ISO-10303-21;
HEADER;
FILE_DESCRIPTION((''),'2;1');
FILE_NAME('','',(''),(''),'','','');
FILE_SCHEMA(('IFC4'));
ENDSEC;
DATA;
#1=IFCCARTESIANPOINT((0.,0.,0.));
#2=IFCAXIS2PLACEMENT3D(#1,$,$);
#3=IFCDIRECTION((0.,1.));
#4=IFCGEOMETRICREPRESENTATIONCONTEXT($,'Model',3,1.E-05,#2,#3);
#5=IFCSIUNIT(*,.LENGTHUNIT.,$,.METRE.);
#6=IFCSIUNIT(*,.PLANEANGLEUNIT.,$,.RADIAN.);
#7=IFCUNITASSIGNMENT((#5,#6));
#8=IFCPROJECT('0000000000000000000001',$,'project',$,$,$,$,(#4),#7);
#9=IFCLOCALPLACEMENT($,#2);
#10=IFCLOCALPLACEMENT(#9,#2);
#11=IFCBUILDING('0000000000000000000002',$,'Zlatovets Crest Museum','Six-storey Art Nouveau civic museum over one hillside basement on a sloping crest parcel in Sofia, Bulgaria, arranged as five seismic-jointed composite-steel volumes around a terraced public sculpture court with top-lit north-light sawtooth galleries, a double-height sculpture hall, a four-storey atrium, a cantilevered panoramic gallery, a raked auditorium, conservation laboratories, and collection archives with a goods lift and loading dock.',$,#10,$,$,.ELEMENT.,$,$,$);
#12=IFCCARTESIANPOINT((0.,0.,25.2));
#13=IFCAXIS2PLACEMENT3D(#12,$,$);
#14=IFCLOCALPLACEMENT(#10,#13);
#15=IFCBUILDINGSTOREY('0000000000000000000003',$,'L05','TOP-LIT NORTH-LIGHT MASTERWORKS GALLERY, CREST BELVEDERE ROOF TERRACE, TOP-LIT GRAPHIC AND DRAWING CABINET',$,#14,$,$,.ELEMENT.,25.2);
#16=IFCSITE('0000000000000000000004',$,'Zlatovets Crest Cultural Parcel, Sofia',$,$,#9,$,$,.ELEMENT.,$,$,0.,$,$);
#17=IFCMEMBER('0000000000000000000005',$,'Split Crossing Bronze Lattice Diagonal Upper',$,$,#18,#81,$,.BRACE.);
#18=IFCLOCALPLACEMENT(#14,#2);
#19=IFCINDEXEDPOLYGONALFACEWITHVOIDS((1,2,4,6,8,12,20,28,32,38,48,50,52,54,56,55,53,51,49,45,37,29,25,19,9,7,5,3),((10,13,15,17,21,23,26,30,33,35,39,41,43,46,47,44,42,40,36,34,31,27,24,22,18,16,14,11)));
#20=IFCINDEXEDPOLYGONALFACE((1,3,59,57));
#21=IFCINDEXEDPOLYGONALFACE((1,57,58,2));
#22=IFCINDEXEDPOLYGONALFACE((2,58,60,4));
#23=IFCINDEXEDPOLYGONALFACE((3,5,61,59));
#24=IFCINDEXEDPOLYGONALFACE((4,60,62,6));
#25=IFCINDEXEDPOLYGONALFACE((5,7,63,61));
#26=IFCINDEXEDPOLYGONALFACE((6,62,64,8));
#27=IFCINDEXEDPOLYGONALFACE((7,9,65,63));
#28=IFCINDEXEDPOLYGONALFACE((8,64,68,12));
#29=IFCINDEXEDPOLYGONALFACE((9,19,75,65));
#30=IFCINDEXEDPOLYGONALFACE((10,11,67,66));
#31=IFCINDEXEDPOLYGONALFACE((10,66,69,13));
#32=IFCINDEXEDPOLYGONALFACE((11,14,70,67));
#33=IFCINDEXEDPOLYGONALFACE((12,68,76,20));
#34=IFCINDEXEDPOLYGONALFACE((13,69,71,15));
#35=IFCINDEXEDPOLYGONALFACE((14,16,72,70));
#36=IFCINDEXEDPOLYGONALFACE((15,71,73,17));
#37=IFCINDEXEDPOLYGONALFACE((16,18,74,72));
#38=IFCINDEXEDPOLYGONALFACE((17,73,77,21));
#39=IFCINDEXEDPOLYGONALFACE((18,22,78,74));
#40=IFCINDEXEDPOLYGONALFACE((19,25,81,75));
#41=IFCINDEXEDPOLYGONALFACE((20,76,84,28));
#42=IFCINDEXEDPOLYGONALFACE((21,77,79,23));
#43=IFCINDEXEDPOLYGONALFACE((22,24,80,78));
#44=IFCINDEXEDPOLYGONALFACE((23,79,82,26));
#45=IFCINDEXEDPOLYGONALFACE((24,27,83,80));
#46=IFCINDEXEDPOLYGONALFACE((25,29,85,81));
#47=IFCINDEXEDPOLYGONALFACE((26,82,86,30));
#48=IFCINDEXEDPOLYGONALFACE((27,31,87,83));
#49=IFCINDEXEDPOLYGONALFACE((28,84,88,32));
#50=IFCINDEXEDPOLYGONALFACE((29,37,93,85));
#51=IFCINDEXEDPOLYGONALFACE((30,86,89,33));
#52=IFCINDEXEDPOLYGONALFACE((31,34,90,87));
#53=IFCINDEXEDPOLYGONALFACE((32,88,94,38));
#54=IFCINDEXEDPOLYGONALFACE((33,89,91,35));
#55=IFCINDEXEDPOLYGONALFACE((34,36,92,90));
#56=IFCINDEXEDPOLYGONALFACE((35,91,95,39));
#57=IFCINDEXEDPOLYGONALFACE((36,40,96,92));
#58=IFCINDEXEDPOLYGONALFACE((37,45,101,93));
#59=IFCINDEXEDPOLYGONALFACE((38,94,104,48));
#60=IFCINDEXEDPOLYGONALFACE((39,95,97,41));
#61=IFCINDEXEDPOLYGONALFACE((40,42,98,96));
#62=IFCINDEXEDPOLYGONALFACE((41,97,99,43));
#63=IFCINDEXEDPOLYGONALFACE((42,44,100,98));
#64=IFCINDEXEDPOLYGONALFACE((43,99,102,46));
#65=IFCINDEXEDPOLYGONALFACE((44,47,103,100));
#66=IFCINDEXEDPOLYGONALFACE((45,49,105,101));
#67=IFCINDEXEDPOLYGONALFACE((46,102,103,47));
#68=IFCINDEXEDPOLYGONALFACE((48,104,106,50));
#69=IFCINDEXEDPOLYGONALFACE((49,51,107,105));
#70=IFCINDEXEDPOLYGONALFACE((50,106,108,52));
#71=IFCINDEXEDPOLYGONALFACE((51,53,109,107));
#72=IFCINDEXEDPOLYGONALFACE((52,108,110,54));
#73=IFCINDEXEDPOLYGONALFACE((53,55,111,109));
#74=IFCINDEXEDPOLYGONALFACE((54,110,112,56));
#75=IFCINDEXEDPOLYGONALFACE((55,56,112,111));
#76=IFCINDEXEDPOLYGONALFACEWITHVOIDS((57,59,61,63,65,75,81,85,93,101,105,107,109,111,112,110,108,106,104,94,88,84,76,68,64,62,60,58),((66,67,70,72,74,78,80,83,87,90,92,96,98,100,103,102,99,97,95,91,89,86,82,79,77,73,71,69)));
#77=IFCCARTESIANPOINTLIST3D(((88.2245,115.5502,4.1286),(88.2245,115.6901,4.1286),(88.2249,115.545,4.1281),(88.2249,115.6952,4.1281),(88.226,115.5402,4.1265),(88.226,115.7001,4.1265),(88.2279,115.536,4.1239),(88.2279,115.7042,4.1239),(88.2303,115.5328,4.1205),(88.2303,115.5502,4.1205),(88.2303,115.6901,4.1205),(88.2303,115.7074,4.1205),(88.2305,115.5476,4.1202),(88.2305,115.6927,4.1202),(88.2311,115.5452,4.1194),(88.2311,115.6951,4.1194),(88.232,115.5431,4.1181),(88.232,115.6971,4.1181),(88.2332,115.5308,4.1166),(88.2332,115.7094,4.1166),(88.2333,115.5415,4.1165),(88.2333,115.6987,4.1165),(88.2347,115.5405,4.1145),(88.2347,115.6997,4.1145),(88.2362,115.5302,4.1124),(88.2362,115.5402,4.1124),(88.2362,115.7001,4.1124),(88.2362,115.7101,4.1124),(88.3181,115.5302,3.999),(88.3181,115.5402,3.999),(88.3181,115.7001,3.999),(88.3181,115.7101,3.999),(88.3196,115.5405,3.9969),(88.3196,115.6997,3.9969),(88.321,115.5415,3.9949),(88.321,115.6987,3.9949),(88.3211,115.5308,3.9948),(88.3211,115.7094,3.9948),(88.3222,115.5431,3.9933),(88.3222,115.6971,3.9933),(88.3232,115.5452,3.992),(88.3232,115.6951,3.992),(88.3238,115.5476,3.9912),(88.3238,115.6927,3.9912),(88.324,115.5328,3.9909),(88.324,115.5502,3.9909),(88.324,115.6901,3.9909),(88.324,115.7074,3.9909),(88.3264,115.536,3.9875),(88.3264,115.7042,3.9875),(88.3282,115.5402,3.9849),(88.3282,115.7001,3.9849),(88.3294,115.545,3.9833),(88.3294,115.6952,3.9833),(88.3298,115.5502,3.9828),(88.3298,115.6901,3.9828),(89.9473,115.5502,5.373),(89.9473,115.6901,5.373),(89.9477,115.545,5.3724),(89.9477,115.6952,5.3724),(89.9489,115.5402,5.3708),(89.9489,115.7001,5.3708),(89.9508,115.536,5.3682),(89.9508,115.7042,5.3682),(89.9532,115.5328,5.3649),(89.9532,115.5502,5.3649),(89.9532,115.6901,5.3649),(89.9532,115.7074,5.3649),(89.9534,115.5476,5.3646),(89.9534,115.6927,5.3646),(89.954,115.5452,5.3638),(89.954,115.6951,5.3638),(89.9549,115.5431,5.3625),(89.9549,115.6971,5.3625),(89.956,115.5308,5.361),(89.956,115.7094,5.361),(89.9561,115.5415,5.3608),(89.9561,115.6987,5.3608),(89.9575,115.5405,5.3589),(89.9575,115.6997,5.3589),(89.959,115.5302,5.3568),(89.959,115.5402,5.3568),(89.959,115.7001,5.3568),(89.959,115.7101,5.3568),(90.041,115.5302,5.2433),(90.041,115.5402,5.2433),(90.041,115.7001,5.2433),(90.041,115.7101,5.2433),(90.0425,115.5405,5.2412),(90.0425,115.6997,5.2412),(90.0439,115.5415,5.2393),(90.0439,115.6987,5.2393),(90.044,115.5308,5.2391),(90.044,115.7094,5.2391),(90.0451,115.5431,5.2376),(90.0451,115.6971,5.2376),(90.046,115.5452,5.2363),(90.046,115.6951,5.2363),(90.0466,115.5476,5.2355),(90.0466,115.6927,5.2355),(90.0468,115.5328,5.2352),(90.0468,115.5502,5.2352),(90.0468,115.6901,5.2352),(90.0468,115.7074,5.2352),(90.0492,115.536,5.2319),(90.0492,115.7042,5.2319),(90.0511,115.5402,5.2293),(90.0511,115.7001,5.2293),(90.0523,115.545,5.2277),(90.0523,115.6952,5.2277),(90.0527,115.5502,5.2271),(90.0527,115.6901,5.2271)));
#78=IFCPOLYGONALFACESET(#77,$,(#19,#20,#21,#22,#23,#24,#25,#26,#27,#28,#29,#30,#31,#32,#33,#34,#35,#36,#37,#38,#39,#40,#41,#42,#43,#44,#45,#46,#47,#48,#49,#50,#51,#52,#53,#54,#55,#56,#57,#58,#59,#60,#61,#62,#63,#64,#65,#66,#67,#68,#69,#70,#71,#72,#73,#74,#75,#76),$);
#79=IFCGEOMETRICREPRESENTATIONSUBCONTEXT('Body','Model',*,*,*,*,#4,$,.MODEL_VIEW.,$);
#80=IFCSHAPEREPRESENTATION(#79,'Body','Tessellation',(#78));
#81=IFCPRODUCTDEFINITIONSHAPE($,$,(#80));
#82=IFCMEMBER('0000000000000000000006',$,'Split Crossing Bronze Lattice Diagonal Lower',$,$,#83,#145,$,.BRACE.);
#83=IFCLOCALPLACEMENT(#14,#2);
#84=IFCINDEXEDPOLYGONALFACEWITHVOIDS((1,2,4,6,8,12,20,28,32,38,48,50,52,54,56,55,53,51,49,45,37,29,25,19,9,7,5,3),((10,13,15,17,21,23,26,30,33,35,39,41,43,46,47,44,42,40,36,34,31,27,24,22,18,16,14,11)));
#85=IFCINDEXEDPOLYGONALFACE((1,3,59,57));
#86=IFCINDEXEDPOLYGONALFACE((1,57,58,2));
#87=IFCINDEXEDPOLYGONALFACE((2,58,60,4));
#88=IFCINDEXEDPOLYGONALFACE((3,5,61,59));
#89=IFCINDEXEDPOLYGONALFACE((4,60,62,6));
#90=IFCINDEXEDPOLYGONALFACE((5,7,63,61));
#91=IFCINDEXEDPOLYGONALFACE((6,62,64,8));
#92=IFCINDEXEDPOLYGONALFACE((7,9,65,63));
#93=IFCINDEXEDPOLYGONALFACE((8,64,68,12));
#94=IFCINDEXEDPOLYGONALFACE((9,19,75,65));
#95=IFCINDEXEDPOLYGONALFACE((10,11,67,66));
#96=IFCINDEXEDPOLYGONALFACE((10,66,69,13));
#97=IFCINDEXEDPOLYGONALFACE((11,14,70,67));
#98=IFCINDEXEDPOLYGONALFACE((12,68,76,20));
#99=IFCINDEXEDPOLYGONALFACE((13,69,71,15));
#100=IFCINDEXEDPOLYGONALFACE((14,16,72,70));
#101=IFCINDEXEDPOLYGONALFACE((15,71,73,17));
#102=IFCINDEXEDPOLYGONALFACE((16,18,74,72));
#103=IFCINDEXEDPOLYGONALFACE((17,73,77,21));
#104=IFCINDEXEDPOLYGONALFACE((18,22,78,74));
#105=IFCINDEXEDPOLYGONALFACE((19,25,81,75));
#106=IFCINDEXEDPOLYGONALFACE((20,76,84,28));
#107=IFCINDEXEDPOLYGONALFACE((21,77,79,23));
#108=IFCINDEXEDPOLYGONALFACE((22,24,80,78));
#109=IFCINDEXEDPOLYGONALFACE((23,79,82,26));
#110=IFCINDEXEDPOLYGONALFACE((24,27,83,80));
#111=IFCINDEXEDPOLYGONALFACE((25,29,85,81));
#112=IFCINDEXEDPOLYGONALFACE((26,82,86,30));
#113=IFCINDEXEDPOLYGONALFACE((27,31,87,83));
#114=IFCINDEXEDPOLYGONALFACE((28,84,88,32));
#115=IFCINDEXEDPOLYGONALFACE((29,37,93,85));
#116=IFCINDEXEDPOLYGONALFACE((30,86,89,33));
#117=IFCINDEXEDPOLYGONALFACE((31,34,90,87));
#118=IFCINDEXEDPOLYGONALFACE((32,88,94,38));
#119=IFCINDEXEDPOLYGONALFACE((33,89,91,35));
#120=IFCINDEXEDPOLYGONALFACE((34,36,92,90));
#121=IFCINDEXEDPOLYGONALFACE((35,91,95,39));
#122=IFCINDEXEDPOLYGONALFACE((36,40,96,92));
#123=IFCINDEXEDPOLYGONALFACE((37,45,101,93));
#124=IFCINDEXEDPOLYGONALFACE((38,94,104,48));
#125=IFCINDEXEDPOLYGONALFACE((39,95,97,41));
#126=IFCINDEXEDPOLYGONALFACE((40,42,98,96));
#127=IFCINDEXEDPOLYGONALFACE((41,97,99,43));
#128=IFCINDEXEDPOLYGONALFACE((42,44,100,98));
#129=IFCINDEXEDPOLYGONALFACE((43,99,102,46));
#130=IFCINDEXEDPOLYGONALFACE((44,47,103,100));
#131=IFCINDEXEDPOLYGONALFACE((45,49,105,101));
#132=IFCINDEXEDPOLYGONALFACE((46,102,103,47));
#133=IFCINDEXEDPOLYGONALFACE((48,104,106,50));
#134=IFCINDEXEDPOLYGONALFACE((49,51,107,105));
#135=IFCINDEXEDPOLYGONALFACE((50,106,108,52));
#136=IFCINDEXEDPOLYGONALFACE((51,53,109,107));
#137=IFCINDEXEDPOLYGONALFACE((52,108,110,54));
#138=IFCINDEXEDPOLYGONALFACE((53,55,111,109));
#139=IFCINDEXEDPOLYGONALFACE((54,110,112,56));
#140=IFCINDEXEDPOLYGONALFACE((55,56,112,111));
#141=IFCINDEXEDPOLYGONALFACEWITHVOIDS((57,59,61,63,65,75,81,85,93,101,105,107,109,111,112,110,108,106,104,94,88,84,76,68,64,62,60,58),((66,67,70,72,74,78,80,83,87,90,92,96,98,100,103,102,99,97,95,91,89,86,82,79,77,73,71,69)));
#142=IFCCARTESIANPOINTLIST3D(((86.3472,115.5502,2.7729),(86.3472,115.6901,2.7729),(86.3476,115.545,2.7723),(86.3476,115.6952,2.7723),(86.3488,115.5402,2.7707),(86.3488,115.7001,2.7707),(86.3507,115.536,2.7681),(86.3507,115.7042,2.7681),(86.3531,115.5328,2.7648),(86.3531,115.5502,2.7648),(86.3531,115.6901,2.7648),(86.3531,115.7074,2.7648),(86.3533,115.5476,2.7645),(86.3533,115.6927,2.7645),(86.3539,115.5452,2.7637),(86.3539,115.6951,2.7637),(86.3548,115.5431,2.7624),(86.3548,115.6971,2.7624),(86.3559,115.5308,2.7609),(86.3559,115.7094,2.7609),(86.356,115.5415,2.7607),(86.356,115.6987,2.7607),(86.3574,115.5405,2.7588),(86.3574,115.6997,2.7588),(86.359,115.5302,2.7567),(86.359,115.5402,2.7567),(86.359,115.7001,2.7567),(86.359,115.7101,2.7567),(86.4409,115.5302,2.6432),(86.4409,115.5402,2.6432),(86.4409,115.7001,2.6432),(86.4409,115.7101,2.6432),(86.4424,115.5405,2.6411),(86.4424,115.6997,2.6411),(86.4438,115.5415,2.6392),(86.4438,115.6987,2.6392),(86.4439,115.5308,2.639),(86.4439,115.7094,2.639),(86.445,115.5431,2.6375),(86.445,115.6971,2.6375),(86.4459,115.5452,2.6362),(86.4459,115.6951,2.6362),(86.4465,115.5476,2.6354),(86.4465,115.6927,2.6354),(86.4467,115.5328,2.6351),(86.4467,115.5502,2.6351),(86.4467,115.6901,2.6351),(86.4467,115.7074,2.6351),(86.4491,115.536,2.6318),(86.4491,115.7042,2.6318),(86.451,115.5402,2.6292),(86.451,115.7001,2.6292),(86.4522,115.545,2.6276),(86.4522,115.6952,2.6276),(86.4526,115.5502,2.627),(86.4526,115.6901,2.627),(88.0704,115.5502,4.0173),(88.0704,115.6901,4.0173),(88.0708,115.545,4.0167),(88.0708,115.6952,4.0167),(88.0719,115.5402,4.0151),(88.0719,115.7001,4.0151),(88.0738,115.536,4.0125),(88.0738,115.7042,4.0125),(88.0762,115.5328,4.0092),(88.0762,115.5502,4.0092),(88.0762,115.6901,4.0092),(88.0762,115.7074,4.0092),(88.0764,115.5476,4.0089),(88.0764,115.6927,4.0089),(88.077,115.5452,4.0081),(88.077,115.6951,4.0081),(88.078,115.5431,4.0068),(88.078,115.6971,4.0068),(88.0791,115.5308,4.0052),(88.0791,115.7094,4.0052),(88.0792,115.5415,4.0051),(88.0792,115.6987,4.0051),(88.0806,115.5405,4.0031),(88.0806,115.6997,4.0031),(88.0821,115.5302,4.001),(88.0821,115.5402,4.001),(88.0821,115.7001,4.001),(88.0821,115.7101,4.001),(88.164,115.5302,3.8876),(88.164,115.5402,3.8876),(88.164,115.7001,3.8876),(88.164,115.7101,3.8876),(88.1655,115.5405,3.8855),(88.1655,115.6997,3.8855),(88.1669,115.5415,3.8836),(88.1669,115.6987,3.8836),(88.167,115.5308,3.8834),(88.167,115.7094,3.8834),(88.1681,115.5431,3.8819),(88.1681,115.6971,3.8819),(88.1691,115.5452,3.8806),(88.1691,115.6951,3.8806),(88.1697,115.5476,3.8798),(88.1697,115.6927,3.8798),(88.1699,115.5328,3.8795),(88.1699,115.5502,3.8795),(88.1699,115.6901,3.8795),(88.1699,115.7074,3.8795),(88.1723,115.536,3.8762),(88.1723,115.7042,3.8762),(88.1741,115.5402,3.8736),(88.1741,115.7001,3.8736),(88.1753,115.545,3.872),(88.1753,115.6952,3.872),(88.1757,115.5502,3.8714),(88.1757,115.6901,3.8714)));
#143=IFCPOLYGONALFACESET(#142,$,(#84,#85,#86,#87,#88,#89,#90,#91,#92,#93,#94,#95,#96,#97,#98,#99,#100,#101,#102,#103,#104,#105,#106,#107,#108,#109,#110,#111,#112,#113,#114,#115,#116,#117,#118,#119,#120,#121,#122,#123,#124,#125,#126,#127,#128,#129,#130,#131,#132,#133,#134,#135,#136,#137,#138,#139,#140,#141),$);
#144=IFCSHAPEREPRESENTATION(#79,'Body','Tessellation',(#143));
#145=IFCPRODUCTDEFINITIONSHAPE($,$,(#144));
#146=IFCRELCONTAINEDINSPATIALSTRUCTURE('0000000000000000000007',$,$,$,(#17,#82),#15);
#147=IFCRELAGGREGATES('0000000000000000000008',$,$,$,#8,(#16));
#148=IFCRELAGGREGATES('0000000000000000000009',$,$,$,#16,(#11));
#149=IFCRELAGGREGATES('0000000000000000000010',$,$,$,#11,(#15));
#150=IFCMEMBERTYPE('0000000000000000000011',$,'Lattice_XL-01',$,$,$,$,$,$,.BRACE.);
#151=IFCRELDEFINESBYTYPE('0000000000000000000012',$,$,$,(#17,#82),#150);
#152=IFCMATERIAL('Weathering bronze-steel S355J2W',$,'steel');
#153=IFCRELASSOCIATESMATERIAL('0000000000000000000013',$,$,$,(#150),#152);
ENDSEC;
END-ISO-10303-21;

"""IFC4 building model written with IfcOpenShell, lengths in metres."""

from ifc_helpers import new_model, si_unit, direction, frame, origin, origin_2d, place, context, subcontext, project, spatial, hollow_rectangle, extrude, material, material_profile, profile_set, type_object, element, save


model = new_model("IFC4")

# Units and contexts
model_context = context("Model", 3, precision=1e-05, world=origin(), true_north=direction((0.0, 1.0)))
body_context = subcontext(model_context, "Body", "Model", "MODEL_VIEW")
ifc_project = project(units=[si_unit("LENGTHUNIT", "METRE"), si_unit("PLANEANGLEUNIT", "RADIAN")], contexts=[model_context])

# Site, building, storey
site_placement = place(None, origin())
site = spatial("IfcSite", under=ifc_project, at=site_placement, Name="Zlatovets Crest Cultural Parcel, Sofia", CompositionType="ELEMENT", RefElevation=0.0)
building_placement = place(site_placement, origin())
building = spatial("IfcBuilding", under=site, at=building_placement, Name="Zlatovets Crest Museum", Description="Six-storey Art Nouveau civic museum over one hillside basement on a sloping crest parcel in Sofia, Bulgaria, arranged as five seismic-jointed composite-steel volumes around a terraced public sculpture court with top-lit north-light sawtooth galleries, a double-height sculpture hall, a four-storey atrium, a cantilevered panoramic gallery, a raked auditorium, conservation laboratories, and collection archives with a goods lift and loading dock.", CompositionType="ELEMENT")
storey_placement = place(building_placement, frame((0.0, 0.0, 25.2)))
storey = spatial("IfcBuildingStorey", under=building, at=storey_placement, Name="L05", Description="TOP-LIT NORTH-LIGHT MASTERWORKS GALLERY, CREST BELVEDERE ROOF TERRACE, TOP-LIT GRAPHIC AND DRAWING CABINET", CompositionType="ELEMENT", Elevation=25.2)

# Members
ifc_material_1 = material(Name="Weathering bronze-steel S355J2W", Category="steel")
ifc_material_profile_1 = material_profile(ifc_material_1, hollow_rectangle(XDim=0.1799, YDim=0.1799, WallThickness=0.01, InnerFilletRadius=0.01, OuterFilletRadius=0.02, at=origin_2d()), Name="SHS 180x180x10.0")
ifc_profile_set_1 = profile_set([ifc_material_profile_1], Name="Weathering bronze-steel S355J2W")
member_type_1 = type_object("IfcMemberType", Name="Lattice_XL-01", PredefinedType="BRACE", material=ifc_profile_set_1)
member_1_placement = place(storey_placement, frame((90.0, 115.6201, 5.3), z_axis=(-0.810664, 0.0, -0.585512), x_axis=(0.0, -1.0, 0.0)))
element("IfcMember", 1, at=member_1_placement, inside=storey, type_object=member_type_1, Name="Split Crossing Bronze Lattice Diagonal Upper", PredefinedType="BRACE", context=body_context, shape_type="SweptSolid", body=[
    extrude(hollow_rectangle(XDim=0.1799, YDim=0.1799, WallThickness=0.01, InnerFilletRadius=0.01, OuterFilletRadius=0.02, at=origin_2d()), origin(), (0.0, 0.0, 1.0), 2.1252),
])
member_2_placement = place(storey_placement, frame((88.123, 115.6201, 3.9443), z_axis=(-0.810703, 0.0, -0.585457), x_axis=(0.0, -1.0, 0.0)))
element("IfcMember", 2, at=member_2_placement, inside=storey, type_object=member_type_1, Name="Split Crossing Bronze Lattice Diagonal Lower", PredefinedType="BRACE", context=body_context, shape_type="SweptSolid", body=[
    extrude(hollow_rectangle(XDim=0.1799, YDim=0.1799, WallThickness=0.01, InnerFilletRadius=0.01, OuterFilletRadius=0.02, at=origin_2d()), origin(), (0.0, 0.0, 1.0), 2.1255),
])

save(model, "model.ifc")
